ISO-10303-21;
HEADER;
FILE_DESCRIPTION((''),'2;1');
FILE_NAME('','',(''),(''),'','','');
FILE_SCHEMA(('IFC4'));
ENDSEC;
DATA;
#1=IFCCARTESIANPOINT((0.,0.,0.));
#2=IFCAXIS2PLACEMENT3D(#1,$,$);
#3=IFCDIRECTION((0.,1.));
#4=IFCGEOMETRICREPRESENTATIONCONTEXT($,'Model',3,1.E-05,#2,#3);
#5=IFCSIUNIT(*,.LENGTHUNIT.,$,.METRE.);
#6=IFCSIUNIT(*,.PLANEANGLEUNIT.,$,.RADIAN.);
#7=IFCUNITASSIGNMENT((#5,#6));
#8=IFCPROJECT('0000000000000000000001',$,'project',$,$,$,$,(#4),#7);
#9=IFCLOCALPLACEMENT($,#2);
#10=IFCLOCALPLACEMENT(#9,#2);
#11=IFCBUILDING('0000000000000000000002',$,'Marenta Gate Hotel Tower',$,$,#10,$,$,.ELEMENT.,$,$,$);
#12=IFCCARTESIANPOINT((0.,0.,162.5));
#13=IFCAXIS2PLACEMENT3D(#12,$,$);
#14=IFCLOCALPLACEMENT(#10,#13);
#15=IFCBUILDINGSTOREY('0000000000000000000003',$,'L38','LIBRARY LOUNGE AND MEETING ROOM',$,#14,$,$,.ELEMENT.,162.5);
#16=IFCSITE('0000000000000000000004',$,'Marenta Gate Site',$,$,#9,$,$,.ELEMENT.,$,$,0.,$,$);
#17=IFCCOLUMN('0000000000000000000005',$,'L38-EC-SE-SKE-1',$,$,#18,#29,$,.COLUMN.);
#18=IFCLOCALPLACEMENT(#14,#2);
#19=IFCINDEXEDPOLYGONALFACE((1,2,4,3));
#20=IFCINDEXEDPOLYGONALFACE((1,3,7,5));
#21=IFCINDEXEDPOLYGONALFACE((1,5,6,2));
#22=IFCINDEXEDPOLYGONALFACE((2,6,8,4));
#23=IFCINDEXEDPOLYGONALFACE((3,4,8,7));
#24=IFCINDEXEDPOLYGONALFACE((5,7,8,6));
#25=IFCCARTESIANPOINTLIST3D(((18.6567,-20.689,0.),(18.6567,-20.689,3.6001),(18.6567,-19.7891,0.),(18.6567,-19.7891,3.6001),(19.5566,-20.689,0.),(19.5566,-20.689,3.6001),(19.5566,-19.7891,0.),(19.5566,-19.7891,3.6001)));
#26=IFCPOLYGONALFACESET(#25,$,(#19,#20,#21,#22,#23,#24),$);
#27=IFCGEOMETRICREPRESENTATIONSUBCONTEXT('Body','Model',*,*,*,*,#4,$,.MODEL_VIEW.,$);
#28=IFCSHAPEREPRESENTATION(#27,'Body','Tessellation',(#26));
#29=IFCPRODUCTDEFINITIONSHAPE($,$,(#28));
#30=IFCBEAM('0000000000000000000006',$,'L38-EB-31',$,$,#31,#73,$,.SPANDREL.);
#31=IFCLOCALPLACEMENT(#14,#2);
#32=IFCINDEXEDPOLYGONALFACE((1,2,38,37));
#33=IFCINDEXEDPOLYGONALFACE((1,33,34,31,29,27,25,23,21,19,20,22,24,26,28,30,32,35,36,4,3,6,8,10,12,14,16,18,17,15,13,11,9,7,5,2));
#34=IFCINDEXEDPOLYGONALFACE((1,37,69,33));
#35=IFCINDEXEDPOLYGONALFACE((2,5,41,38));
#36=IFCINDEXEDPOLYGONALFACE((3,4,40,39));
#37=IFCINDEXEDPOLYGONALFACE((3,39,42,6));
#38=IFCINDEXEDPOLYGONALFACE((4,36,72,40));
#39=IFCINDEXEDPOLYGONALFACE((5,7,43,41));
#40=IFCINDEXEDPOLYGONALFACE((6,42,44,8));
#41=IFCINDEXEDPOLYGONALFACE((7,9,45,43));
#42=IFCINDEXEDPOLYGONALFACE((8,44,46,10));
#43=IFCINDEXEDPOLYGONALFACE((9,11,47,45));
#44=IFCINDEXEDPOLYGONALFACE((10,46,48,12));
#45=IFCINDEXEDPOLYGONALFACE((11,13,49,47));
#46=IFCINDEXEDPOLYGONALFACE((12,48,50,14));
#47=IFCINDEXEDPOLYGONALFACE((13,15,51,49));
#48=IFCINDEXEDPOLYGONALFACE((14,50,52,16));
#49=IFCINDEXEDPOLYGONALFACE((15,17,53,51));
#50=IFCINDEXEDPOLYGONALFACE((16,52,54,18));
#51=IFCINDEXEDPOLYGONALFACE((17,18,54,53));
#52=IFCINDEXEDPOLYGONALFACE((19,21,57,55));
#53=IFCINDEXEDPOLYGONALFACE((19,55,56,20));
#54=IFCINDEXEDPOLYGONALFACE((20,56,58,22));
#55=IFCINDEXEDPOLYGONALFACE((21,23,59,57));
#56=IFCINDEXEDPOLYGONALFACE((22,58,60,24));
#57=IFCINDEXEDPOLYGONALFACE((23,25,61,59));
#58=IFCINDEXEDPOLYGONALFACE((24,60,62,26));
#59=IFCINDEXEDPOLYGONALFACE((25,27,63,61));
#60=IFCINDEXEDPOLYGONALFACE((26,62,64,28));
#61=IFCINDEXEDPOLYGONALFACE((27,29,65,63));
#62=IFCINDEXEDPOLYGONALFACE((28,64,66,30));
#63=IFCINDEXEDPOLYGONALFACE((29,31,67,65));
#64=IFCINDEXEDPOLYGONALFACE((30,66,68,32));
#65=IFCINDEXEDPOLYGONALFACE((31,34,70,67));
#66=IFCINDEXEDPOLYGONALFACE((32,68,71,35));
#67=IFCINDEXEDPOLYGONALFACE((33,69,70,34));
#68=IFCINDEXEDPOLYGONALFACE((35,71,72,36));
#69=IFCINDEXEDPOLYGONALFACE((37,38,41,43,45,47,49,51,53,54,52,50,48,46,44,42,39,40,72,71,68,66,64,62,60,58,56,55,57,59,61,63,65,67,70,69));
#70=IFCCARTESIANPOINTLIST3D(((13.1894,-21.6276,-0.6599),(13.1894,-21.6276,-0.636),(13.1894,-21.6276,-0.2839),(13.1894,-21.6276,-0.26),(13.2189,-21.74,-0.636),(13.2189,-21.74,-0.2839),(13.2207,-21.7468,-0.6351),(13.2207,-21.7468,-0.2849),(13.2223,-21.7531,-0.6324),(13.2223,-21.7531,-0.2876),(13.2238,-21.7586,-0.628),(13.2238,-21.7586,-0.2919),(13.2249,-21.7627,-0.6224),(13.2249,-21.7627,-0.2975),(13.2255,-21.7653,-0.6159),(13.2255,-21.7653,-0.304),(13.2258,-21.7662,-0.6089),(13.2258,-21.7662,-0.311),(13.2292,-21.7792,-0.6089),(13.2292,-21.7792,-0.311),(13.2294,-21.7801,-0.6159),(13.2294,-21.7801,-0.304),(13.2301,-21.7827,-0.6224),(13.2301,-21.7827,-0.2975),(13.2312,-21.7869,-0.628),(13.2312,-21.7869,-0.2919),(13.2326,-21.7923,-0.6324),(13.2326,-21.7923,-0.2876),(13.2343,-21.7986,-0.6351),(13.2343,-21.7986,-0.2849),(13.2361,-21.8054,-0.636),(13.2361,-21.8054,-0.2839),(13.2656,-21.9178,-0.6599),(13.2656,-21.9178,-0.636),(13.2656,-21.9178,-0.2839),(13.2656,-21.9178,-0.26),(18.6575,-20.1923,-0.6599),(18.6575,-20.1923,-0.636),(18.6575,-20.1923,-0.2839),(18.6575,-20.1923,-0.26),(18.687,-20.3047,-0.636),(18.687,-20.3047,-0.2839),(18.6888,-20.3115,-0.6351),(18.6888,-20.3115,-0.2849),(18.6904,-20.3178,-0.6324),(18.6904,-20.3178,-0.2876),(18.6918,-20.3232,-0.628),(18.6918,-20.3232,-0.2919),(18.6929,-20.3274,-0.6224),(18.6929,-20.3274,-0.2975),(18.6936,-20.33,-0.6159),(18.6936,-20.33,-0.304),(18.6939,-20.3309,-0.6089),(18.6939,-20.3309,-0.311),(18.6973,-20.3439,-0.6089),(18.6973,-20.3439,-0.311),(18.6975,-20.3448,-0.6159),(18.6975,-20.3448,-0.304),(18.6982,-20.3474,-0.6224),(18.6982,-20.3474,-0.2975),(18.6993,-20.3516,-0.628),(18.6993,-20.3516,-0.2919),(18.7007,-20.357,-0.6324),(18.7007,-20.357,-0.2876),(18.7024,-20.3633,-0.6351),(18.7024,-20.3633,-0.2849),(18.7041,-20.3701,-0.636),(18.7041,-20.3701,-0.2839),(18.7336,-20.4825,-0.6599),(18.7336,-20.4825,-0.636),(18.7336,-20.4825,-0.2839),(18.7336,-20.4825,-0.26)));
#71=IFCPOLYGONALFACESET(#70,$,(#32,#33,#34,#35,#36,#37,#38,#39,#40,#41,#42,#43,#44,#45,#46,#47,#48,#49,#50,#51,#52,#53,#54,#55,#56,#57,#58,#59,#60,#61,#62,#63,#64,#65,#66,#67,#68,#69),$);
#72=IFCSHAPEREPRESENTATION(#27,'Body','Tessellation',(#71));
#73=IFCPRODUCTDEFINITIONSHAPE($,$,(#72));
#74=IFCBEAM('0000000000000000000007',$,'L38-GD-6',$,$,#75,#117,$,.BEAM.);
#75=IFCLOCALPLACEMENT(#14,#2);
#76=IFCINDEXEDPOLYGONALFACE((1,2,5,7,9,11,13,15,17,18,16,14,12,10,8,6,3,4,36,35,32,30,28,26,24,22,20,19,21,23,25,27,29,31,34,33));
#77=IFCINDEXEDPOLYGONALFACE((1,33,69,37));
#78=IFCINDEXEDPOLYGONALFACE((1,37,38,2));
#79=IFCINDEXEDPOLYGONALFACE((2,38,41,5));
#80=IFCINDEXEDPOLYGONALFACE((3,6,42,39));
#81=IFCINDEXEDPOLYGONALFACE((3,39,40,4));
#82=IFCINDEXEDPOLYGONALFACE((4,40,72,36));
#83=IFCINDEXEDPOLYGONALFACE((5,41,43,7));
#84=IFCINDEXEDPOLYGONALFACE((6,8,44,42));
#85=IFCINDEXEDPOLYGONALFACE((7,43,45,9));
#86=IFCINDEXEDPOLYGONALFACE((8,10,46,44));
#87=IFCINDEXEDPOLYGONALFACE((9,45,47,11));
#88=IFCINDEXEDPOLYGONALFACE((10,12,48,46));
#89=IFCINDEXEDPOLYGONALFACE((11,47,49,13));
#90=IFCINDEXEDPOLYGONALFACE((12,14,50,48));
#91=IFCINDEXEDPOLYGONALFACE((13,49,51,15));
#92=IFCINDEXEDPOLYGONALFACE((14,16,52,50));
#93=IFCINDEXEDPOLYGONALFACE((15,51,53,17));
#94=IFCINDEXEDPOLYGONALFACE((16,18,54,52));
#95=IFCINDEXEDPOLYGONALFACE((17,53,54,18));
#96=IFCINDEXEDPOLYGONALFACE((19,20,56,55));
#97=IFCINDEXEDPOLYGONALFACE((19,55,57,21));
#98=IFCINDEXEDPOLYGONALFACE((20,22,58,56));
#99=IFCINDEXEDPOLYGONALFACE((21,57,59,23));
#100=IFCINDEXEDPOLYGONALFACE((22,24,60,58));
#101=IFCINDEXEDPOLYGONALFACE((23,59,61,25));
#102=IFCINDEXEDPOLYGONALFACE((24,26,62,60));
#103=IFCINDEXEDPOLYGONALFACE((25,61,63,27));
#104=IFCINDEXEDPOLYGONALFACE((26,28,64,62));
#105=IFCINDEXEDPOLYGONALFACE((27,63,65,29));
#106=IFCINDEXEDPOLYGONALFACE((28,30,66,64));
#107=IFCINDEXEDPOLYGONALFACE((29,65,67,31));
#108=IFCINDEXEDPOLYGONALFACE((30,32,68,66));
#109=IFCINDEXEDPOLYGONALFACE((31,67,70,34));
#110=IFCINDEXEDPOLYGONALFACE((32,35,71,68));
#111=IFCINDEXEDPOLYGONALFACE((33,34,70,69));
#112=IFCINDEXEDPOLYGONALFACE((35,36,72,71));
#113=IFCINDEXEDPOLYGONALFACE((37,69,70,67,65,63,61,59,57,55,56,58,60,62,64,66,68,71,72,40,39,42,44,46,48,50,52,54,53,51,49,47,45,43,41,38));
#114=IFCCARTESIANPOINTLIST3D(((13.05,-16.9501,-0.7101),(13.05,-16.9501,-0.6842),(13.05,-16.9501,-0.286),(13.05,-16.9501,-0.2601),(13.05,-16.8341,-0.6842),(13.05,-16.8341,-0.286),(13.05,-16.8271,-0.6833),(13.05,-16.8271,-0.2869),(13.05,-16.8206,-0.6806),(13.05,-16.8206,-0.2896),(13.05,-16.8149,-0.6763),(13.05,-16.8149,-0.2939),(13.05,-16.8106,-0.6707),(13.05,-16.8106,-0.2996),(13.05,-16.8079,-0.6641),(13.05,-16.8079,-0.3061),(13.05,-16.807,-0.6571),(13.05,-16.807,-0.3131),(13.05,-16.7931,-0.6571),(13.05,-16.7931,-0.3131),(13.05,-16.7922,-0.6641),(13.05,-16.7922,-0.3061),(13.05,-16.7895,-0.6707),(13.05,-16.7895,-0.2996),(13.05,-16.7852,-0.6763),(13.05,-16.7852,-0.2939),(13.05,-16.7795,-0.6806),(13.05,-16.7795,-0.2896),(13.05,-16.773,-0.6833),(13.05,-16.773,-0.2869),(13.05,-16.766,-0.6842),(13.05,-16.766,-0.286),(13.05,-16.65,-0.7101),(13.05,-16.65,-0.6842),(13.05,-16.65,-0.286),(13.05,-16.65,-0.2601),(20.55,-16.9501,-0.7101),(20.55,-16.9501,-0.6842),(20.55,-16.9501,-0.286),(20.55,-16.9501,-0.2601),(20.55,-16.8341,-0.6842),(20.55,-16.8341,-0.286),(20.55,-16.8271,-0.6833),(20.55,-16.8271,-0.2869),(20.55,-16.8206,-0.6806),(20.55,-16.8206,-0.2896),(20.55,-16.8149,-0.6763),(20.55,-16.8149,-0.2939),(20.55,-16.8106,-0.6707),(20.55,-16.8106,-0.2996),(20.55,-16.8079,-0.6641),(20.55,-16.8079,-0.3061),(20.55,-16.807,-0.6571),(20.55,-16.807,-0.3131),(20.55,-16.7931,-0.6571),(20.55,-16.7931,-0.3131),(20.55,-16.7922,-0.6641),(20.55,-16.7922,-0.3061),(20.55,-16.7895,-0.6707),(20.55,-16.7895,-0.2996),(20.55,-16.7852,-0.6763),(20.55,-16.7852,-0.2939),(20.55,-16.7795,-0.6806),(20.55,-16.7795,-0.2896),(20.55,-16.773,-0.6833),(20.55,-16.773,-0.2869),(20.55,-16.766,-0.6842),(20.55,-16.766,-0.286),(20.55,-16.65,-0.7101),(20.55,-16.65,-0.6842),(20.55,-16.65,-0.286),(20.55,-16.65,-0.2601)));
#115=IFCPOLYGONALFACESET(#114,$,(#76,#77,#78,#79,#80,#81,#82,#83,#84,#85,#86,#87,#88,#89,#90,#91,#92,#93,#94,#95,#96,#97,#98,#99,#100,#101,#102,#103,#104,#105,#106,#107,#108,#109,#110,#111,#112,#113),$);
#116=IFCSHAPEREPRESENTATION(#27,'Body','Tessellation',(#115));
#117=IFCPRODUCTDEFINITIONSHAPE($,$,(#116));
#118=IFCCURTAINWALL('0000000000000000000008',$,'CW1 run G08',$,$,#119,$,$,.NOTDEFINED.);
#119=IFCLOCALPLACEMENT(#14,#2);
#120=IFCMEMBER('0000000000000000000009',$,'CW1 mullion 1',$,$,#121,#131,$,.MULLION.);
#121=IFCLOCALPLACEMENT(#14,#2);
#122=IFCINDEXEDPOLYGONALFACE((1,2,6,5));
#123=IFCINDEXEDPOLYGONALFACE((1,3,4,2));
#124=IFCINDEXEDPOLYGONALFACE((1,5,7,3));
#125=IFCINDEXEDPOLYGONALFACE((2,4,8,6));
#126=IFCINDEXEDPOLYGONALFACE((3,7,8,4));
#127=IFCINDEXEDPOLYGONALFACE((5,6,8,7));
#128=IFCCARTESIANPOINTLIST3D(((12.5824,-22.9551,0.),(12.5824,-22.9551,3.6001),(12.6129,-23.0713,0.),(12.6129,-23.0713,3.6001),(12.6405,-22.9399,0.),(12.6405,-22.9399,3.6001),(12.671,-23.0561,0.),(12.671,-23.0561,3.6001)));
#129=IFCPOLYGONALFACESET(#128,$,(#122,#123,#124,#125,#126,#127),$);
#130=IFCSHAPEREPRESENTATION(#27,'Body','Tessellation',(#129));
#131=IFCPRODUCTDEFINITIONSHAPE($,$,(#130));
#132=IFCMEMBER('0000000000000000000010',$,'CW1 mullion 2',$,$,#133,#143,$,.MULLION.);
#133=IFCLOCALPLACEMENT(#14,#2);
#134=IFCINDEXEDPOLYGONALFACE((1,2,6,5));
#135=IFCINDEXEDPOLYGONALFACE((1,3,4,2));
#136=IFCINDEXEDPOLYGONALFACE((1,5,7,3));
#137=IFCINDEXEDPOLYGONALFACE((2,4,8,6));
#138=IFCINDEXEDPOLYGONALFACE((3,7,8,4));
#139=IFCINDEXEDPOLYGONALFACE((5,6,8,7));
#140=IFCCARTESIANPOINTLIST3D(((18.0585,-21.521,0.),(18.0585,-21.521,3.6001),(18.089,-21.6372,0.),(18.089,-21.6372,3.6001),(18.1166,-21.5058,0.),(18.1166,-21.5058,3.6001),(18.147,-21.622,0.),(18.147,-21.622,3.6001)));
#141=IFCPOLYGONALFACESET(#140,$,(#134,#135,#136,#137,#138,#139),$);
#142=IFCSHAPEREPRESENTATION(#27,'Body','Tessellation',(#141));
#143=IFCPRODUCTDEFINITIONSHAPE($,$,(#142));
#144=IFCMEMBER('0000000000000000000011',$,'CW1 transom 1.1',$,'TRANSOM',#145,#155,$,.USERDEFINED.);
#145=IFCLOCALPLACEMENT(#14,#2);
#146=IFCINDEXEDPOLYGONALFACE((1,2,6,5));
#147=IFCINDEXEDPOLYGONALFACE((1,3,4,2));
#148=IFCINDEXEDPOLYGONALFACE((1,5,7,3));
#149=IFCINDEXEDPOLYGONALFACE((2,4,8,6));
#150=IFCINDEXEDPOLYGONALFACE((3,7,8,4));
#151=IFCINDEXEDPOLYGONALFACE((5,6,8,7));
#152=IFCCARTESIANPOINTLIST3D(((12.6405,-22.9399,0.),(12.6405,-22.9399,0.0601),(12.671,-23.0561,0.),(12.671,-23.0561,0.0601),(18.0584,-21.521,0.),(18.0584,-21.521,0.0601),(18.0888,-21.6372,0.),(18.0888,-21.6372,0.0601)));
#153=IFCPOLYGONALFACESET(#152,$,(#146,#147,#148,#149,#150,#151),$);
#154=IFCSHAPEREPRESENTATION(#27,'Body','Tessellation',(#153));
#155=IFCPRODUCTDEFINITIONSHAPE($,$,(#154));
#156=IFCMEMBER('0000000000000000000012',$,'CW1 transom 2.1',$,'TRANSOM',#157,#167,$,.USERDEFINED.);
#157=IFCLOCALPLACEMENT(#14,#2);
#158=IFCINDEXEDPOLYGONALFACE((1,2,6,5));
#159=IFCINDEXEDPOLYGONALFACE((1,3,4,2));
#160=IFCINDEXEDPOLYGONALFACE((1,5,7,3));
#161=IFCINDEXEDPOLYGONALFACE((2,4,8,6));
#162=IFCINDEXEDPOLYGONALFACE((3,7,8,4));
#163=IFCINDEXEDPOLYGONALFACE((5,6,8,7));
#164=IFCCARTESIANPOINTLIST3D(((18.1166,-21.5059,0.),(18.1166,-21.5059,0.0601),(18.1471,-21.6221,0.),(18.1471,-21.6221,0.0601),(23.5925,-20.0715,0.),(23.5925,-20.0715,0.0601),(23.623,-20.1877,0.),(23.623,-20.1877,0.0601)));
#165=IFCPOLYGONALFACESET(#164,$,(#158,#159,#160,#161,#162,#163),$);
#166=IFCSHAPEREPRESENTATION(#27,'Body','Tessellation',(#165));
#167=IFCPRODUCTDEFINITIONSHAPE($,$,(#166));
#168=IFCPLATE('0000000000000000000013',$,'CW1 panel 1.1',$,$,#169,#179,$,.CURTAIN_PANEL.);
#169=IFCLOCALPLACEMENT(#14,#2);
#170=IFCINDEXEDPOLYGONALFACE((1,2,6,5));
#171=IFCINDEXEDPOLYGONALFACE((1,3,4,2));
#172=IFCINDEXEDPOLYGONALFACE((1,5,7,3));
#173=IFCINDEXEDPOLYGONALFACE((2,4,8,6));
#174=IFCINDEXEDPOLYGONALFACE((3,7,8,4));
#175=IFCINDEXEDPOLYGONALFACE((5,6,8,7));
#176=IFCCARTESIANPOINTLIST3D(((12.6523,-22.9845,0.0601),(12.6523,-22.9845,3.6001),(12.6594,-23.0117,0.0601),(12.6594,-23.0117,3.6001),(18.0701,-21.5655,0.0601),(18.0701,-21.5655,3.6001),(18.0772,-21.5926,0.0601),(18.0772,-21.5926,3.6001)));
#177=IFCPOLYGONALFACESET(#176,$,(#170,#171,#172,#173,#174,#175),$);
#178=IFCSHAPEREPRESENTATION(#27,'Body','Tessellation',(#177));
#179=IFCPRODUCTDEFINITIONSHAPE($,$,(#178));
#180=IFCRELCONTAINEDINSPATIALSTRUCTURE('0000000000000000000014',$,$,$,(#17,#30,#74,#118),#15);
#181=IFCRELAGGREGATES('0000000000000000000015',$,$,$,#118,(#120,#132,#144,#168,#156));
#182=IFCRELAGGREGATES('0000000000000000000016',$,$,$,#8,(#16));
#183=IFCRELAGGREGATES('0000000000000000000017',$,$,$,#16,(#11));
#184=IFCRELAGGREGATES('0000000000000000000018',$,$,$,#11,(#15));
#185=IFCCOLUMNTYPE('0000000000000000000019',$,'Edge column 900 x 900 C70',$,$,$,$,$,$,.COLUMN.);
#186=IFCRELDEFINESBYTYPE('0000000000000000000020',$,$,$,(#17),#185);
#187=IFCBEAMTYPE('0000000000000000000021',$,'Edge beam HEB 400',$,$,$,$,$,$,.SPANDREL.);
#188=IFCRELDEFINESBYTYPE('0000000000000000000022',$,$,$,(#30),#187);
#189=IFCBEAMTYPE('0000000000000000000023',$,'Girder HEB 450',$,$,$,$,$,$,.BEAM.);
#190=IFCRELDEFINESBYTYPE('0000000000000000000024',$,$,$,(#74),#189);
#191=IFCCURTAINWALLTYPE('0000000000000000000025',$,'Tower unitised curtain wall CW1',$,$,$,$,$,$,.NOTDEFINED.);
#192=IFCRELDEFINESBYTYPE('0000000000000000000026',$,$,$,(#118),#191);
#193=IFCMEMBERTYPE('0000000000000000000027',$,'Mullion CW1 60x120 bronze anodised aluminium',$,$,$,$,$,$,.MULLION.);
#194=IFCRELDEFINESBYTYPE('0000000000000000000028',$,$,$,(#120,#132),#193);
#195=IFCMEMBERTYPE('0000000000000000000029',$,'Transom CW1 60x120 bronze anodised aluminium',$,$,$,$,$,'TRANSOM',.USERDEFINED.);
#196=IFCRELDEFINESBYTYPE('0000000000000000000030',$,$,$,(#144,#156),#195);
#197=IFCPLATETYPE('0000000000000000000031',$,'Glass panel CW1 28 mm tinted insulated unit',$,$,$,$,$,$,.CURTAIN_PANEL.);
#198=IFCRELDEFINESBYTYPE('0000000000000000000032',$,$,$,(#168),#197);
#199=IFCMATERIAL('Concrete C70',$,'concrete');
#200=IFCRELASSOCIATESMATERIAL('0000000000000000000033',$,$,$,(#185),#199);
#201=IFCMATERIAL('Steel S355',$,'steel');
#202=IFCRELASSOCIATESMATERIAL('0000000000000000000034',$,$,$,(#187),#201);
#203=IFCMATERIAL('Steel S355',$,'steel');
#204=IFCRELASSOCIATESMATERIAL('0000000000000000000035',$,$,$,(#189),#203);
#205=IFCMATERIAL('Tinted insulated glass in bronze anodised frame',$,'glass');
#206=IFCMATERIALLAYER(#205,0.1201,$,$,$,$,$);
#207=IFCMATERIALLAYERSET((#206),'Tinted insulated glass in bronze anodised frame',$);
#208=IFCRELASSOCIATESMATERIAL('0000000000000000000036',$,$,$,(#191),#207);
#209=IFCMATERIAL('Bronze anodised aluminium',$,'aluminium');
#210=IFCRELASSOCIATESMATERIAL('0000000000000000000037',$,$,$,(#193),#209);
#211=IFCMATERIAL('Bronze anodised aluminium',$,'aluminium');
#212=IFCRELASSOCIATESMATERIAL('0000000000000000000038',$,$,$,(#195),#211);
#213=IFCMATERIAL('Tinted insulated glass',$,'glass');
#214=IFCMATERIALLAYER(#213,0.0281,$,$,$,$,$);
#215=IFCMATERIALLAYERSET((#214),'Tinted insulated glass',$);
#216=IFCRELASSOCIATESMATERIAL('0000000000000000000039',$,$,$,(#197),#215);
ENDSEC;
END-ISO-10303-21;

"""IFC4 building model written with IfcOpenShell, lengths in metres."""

from ifc_helpers import new_model, si_unit, direction, frame, origin, origin_2d, place, context, subcontext, project, spatial, rectangle, i_section, extrude, material, layer, layer_set, material_profile, profile_set, type_object, element, aggregate, save


model = new_model("IFC4")

# Units and contexts
model_context = context("Model", 3, precision=1e-05, world=origin(), true_north=direction((0.0, 1.0)))
body_context = subcontext(model_context, "Body", "Model", "MODEL_VIEW")
ifc_project = project(units=[si_unit("LENGTHUNIT", "METRE"), si_unit("PLANEANGLEUNIT", "RADIAN")], contexts=[model_context])

# Site, building, storey
site_placement = place(None, origin())
site = spatial("IfcSite", under=ifc_project, at=site_placement, Name="Marenta Gate Site", CompositionType="ELEMENT", RefElevation=0.0)
building_placement = place(site_placement, origin())
building = spatial("IfcBuilding", under=site, at=building_placement, Name="Marenta Gate Hotel Tower", CompositionType="ELEMENT")
storey_placement = place(building_placement, frame((0.0, 0.0, 162.5)))
storey = spatial("IfcBuildingStorey", under=building, at=storey_placement, Name="L38", Description="LIBRARY LOUNGE AND MEETING ROOM", CompositionType="ELEMENT", Elevation=162.5)

# Column
ifc_material_1 = material(Name="Concrete C70", Category="concrete")
ifc_material_profile_1 = material_profile(ifc_material_1, rectangle(XDim=0.8999, YDim=0.8999, at=origin_2d()), Name="900 x 900")
ifc_profile_set_1 = profile_set([ifc_material_profile_1], Name="Concrete C70")
column_type = type_object("IfcColumnType", Name="Edge column 900 x 900 C70", PredefinedType="COLUMN", material=ifc_profile_set_1)
column_placement = place(storey_placement, frame((19.1067, -20.239, 0.0), z_axis=(0.0, 0.0, 1.0), x_axis=(1.0, 0.0, 0.0)))
element("IfcColumn", 1, at=column_placement, inside=storey, type_object=column_type, Name="L38-EC-SE-SKE-1", PredefinedType="COLUMN", context=body_context, shape_type="SweptSolid", body=[
    extrude(rectangle(XDim=0.8999, YDim=0.8999, at=origin_2d()), origin(), (0.0, 0.0, 1.0), 3.6001),
])

# Beams
ifc_material_2 = material(Name="Steel S355", Category="steel")
ifc_material_profile_2 = material_profile(ifc_material_2, i_section(OverallWidth=0.3, OverallDepth=0.3999, WebThickness=0.0134, FlangeThickness=0.0239, FilletRadius=0.0271, at=origin_2d()), Name="HEB 400")
ifc_profile_set_2 = profile_set([ifc_material_profile_2], Name="Steel S355")
beam_type_1 = type_object("IfcBeamType", Name="Edge beam HEB 400", PredefinedType="SPANDREL", material=ifc_profile_set_2)
beam_1_placement = place(storey_placement, frame((18.6956, -20.3374, -0.46), z_axis=(-0.967233, -0.25389, 0.0), x_axis=(0.25389, -0.967233, 0.0)))
element("IfcBeam", 2, at=beam_1_placement, inside=storey, type_object=beam_type_1, Name="L38-EB-31", PredefinedType="SPANDREL", context=body_context, shape_type="SweptSolid", body=[
    extrude(i_section(OverallWidth=0.3, OverallDepth=0.3999, WebThickness=0.0134, FlangeThickness=0.0239, FilletRadius=0.0271, at=origin_2d()), origin(), (0.0, 0.0, 1.0), 5.6533),
])
ifc_material_3 = material(Name="Steel S355", Category="steel")
ifc_material_profile_3 = material_profile(ifc_material_3, i_section(OverallWidth=0.3, OverallDepth=0.45, WebThickness=0.0139, FlangeThickness=0.0259, FilletRadius=0.0271, at=origin_2d()), Name="HEB 450")
ifc_profile_set_3 = profile_set([ifc_material_profile_3], Name="Steel S355")
beam_type_2 = type_object("IfcBeamType", Name="Girder HEB 450", PredefinedType="BEAM", material=ifc_profile_set_3)
beam_2_placement = place(storey_placement, frame((13.05, -16.8, -0.4851), z_axis=(1.0, 0.0, 0.0), x_axis=(0.0, 1.0, 0.0)))
element("IfcBeam", 3, at=beam_2_placement, inside=storey, type_object=beam_type_2, Name="L38-GD-6", PredefinedType="BEAM", context=body_context, shape_type="SweptSolid", body=[
    extrude(i_section(OverallWidth=0.3, OverallDepth=0.45, WebThickness=0.0139, FlangeThickness=0.0259, FilletRadius=0.0271, at=origin_2d()), origin(), (0.0, 0.0, 1.0), 7.5),
])

# Curtain wall, members, plate
ifc_material_4 = material(Name="Tinted insulated glass in bronze anodised frame", Category="glass")
ifc_layer_1 = layer(ifc_material_4, 0.1201)
ifc_layer_set_1 = layer_set([ifc_layer_1], Name="Tinted insulated glass in bronze anodised frame")
curtain_wall_type = type_object("IfcCurtainWallType", Name="Tower unitised curtain wall CW1", PredefinedType="NOTDEFINED", material=ifc_layer_set_1)
curtain_wall_placement = place(storey_placement, origin())
curtain_wall = element("IfcCurtainWall", 4, at=curtain_wall_placement, inside=storey, type_object=curtain_wall_type, Name="CW1 run G08", PredefinedType="NOTDEFINED")
ifc_material_5 = material(Name="Bronze anodised aluminium", Category="aluminium")
ifc_material_profile_4 = material_profile(ifc_material_5, rectangle(XDim=0.1201, YDim=0.0601, at=origin_2d()), Name="Mullion CW1 60x120 bronze anodised aluminium")
ifc_profile_set_4 = profile_set([ifc_material_profile_4], Name="Bronze anodised aluminium")
member_type_1 = type_object("IfcMemberType", Name="Mullion CW1 60x120 bronze anodised aluminium", PredefinedType="MULLION", material=ifc_profile_set_4)
member_1_placement = place(storey_placement, frame((12.6267, -23.0056, 0.0), z_axis=(0.0, 0.0, 1.0), x_axis=(-0.253374, 0.967368, 0.0)))
member_1 = element("IfcMember", 5, at=member_1_placement, type_object=member_type_1, Name="CW1 mullion 1", PredefinedType="MULLION", context=body_context, shape_type="SweptSolid", body=[
    extrude(rectangle(XDim=0.1201, YDim=0.0601, at=origin_2d()), origin(), (0.0, 0.0, 1.0), 3.6001),
])
member_2_placement = place(storey_placement, frame((18.1028, -21.5715, 0.0), z_axis=(0.0, 0.0, 1.0), x_axis=(-0.253374, 0.967368, 0.0)))
member_2 = element("IfcMember", 6, at=member_2_placement, type_object=member_type_1, Name="CW1 mullion 2", PredefinedType="MULLION", context=body_context, shape_type="SweptSolid", body=[
    extrude(rectangle(XDim=0.1201, YDim=0.0601, at=origin_2d()), origin(), (0.0, 0.0, 1.0), 3.6001),
])
ifc_material_6 = material(Name="Bronze anodised aluminium", Category="aluminium")
ifc_material_profile_5 = material_profile(ifc_material_6, rectangle(XDim=0.1201, YDim=0.0601, at=origin_2d()), Name="Transom CW1 60x120 bronze anodised aluminium")
ifc_profile_set_5 = profile_set([ifc_material_profile_5], Name="Bronze anodised aluminium")
member_type_2 = type_object("IfcMemberType", Name="Transom CW1 60x120 bronze anodised aluminium", ElementType="TRANSOM", PredefinedType="USERDEFINED", material=ifc_profile_set_5)
member_3_placement = place(storey_placement, frame((12.6558, -22.998, 0.03), z_axis=(0.967374, 0.253352, 0.0), x_axis=(-0.253352, 0.967374, 0.0)))
member_3 = element("IfcMember", 7, at=member_3_placement, type_object=member_type_2, Name="CW1 transom 1.1", ObjectType="TRANSOM", PredefinedType="USERDEFINED", context=body_context, shape_type="SweptSolid", body=[
    extrude(rectangle(XDim=0.1201, YDim=0.0601, at=origin_2d()), origin(), (0.0, 0.0, 1.0), 5.6006),
])
member_4_placement = place(storey_placement, frame((18.1318, -21.564, 0.03), z_axis=(0.967364, 0.253389, 0.0), x_axis=(-0.253389, 0.967364, 0.0)))
member_4 = element("IfcMember", 8, at=member_4_placement, type_object=member_type_2, Name="CW1 transom 2.1", ObjectType="TRANSOM", PredefinedType="USERDEFINED", context=body_context, shape_type="SweptSolid", body=[
    extrude(rectangle(XDim=0.1201, YDim=0.0601, at=origin_2d()), origin(), (0.0, 0.0, 1.0), 5.6606),
])
ifc_material_7 = material(Name="Tinted insulated glass", Category="glass")
ifc_layer_2 = layer(ifc_material_7, 0.0281)
ifc_layer_set_2 = layer_set([ifc_layer_2], Name="Tinted insulated glass")
plate_type = type_object("IfcPlateType", Name="Glass panel CW1 28 mm tinted insulated unit", PredefinedType="CURTAIN_PANEL", material=ifc_layer_set_2)
plate_1_placement = place(storey_placement, frame((15.3647, -22.2886, 0.0601), z_axis=(0.0, 0.0, 1.0), x_axis=(0.967368, 0.253374, 0.0)))
plate_1 = element("IfcPlate", 9, at=plate_1_placement, type_object=plate_type, Name="CW1 panel 1.1", PredefinedType="CURTAIN_PANEL", context=body_context, shape_type="SweptSolid", body=[
    extrude(rectangle(XDim=5.6006, YDim=0.0281, at=origin_2d()), origin(), (0.0, 0.0, 1.0), 3.54),
])
aggregate(curtain_wall, [member_1, member_2, member_3, plate_1, member_4])

save(model, "model.ifc")
